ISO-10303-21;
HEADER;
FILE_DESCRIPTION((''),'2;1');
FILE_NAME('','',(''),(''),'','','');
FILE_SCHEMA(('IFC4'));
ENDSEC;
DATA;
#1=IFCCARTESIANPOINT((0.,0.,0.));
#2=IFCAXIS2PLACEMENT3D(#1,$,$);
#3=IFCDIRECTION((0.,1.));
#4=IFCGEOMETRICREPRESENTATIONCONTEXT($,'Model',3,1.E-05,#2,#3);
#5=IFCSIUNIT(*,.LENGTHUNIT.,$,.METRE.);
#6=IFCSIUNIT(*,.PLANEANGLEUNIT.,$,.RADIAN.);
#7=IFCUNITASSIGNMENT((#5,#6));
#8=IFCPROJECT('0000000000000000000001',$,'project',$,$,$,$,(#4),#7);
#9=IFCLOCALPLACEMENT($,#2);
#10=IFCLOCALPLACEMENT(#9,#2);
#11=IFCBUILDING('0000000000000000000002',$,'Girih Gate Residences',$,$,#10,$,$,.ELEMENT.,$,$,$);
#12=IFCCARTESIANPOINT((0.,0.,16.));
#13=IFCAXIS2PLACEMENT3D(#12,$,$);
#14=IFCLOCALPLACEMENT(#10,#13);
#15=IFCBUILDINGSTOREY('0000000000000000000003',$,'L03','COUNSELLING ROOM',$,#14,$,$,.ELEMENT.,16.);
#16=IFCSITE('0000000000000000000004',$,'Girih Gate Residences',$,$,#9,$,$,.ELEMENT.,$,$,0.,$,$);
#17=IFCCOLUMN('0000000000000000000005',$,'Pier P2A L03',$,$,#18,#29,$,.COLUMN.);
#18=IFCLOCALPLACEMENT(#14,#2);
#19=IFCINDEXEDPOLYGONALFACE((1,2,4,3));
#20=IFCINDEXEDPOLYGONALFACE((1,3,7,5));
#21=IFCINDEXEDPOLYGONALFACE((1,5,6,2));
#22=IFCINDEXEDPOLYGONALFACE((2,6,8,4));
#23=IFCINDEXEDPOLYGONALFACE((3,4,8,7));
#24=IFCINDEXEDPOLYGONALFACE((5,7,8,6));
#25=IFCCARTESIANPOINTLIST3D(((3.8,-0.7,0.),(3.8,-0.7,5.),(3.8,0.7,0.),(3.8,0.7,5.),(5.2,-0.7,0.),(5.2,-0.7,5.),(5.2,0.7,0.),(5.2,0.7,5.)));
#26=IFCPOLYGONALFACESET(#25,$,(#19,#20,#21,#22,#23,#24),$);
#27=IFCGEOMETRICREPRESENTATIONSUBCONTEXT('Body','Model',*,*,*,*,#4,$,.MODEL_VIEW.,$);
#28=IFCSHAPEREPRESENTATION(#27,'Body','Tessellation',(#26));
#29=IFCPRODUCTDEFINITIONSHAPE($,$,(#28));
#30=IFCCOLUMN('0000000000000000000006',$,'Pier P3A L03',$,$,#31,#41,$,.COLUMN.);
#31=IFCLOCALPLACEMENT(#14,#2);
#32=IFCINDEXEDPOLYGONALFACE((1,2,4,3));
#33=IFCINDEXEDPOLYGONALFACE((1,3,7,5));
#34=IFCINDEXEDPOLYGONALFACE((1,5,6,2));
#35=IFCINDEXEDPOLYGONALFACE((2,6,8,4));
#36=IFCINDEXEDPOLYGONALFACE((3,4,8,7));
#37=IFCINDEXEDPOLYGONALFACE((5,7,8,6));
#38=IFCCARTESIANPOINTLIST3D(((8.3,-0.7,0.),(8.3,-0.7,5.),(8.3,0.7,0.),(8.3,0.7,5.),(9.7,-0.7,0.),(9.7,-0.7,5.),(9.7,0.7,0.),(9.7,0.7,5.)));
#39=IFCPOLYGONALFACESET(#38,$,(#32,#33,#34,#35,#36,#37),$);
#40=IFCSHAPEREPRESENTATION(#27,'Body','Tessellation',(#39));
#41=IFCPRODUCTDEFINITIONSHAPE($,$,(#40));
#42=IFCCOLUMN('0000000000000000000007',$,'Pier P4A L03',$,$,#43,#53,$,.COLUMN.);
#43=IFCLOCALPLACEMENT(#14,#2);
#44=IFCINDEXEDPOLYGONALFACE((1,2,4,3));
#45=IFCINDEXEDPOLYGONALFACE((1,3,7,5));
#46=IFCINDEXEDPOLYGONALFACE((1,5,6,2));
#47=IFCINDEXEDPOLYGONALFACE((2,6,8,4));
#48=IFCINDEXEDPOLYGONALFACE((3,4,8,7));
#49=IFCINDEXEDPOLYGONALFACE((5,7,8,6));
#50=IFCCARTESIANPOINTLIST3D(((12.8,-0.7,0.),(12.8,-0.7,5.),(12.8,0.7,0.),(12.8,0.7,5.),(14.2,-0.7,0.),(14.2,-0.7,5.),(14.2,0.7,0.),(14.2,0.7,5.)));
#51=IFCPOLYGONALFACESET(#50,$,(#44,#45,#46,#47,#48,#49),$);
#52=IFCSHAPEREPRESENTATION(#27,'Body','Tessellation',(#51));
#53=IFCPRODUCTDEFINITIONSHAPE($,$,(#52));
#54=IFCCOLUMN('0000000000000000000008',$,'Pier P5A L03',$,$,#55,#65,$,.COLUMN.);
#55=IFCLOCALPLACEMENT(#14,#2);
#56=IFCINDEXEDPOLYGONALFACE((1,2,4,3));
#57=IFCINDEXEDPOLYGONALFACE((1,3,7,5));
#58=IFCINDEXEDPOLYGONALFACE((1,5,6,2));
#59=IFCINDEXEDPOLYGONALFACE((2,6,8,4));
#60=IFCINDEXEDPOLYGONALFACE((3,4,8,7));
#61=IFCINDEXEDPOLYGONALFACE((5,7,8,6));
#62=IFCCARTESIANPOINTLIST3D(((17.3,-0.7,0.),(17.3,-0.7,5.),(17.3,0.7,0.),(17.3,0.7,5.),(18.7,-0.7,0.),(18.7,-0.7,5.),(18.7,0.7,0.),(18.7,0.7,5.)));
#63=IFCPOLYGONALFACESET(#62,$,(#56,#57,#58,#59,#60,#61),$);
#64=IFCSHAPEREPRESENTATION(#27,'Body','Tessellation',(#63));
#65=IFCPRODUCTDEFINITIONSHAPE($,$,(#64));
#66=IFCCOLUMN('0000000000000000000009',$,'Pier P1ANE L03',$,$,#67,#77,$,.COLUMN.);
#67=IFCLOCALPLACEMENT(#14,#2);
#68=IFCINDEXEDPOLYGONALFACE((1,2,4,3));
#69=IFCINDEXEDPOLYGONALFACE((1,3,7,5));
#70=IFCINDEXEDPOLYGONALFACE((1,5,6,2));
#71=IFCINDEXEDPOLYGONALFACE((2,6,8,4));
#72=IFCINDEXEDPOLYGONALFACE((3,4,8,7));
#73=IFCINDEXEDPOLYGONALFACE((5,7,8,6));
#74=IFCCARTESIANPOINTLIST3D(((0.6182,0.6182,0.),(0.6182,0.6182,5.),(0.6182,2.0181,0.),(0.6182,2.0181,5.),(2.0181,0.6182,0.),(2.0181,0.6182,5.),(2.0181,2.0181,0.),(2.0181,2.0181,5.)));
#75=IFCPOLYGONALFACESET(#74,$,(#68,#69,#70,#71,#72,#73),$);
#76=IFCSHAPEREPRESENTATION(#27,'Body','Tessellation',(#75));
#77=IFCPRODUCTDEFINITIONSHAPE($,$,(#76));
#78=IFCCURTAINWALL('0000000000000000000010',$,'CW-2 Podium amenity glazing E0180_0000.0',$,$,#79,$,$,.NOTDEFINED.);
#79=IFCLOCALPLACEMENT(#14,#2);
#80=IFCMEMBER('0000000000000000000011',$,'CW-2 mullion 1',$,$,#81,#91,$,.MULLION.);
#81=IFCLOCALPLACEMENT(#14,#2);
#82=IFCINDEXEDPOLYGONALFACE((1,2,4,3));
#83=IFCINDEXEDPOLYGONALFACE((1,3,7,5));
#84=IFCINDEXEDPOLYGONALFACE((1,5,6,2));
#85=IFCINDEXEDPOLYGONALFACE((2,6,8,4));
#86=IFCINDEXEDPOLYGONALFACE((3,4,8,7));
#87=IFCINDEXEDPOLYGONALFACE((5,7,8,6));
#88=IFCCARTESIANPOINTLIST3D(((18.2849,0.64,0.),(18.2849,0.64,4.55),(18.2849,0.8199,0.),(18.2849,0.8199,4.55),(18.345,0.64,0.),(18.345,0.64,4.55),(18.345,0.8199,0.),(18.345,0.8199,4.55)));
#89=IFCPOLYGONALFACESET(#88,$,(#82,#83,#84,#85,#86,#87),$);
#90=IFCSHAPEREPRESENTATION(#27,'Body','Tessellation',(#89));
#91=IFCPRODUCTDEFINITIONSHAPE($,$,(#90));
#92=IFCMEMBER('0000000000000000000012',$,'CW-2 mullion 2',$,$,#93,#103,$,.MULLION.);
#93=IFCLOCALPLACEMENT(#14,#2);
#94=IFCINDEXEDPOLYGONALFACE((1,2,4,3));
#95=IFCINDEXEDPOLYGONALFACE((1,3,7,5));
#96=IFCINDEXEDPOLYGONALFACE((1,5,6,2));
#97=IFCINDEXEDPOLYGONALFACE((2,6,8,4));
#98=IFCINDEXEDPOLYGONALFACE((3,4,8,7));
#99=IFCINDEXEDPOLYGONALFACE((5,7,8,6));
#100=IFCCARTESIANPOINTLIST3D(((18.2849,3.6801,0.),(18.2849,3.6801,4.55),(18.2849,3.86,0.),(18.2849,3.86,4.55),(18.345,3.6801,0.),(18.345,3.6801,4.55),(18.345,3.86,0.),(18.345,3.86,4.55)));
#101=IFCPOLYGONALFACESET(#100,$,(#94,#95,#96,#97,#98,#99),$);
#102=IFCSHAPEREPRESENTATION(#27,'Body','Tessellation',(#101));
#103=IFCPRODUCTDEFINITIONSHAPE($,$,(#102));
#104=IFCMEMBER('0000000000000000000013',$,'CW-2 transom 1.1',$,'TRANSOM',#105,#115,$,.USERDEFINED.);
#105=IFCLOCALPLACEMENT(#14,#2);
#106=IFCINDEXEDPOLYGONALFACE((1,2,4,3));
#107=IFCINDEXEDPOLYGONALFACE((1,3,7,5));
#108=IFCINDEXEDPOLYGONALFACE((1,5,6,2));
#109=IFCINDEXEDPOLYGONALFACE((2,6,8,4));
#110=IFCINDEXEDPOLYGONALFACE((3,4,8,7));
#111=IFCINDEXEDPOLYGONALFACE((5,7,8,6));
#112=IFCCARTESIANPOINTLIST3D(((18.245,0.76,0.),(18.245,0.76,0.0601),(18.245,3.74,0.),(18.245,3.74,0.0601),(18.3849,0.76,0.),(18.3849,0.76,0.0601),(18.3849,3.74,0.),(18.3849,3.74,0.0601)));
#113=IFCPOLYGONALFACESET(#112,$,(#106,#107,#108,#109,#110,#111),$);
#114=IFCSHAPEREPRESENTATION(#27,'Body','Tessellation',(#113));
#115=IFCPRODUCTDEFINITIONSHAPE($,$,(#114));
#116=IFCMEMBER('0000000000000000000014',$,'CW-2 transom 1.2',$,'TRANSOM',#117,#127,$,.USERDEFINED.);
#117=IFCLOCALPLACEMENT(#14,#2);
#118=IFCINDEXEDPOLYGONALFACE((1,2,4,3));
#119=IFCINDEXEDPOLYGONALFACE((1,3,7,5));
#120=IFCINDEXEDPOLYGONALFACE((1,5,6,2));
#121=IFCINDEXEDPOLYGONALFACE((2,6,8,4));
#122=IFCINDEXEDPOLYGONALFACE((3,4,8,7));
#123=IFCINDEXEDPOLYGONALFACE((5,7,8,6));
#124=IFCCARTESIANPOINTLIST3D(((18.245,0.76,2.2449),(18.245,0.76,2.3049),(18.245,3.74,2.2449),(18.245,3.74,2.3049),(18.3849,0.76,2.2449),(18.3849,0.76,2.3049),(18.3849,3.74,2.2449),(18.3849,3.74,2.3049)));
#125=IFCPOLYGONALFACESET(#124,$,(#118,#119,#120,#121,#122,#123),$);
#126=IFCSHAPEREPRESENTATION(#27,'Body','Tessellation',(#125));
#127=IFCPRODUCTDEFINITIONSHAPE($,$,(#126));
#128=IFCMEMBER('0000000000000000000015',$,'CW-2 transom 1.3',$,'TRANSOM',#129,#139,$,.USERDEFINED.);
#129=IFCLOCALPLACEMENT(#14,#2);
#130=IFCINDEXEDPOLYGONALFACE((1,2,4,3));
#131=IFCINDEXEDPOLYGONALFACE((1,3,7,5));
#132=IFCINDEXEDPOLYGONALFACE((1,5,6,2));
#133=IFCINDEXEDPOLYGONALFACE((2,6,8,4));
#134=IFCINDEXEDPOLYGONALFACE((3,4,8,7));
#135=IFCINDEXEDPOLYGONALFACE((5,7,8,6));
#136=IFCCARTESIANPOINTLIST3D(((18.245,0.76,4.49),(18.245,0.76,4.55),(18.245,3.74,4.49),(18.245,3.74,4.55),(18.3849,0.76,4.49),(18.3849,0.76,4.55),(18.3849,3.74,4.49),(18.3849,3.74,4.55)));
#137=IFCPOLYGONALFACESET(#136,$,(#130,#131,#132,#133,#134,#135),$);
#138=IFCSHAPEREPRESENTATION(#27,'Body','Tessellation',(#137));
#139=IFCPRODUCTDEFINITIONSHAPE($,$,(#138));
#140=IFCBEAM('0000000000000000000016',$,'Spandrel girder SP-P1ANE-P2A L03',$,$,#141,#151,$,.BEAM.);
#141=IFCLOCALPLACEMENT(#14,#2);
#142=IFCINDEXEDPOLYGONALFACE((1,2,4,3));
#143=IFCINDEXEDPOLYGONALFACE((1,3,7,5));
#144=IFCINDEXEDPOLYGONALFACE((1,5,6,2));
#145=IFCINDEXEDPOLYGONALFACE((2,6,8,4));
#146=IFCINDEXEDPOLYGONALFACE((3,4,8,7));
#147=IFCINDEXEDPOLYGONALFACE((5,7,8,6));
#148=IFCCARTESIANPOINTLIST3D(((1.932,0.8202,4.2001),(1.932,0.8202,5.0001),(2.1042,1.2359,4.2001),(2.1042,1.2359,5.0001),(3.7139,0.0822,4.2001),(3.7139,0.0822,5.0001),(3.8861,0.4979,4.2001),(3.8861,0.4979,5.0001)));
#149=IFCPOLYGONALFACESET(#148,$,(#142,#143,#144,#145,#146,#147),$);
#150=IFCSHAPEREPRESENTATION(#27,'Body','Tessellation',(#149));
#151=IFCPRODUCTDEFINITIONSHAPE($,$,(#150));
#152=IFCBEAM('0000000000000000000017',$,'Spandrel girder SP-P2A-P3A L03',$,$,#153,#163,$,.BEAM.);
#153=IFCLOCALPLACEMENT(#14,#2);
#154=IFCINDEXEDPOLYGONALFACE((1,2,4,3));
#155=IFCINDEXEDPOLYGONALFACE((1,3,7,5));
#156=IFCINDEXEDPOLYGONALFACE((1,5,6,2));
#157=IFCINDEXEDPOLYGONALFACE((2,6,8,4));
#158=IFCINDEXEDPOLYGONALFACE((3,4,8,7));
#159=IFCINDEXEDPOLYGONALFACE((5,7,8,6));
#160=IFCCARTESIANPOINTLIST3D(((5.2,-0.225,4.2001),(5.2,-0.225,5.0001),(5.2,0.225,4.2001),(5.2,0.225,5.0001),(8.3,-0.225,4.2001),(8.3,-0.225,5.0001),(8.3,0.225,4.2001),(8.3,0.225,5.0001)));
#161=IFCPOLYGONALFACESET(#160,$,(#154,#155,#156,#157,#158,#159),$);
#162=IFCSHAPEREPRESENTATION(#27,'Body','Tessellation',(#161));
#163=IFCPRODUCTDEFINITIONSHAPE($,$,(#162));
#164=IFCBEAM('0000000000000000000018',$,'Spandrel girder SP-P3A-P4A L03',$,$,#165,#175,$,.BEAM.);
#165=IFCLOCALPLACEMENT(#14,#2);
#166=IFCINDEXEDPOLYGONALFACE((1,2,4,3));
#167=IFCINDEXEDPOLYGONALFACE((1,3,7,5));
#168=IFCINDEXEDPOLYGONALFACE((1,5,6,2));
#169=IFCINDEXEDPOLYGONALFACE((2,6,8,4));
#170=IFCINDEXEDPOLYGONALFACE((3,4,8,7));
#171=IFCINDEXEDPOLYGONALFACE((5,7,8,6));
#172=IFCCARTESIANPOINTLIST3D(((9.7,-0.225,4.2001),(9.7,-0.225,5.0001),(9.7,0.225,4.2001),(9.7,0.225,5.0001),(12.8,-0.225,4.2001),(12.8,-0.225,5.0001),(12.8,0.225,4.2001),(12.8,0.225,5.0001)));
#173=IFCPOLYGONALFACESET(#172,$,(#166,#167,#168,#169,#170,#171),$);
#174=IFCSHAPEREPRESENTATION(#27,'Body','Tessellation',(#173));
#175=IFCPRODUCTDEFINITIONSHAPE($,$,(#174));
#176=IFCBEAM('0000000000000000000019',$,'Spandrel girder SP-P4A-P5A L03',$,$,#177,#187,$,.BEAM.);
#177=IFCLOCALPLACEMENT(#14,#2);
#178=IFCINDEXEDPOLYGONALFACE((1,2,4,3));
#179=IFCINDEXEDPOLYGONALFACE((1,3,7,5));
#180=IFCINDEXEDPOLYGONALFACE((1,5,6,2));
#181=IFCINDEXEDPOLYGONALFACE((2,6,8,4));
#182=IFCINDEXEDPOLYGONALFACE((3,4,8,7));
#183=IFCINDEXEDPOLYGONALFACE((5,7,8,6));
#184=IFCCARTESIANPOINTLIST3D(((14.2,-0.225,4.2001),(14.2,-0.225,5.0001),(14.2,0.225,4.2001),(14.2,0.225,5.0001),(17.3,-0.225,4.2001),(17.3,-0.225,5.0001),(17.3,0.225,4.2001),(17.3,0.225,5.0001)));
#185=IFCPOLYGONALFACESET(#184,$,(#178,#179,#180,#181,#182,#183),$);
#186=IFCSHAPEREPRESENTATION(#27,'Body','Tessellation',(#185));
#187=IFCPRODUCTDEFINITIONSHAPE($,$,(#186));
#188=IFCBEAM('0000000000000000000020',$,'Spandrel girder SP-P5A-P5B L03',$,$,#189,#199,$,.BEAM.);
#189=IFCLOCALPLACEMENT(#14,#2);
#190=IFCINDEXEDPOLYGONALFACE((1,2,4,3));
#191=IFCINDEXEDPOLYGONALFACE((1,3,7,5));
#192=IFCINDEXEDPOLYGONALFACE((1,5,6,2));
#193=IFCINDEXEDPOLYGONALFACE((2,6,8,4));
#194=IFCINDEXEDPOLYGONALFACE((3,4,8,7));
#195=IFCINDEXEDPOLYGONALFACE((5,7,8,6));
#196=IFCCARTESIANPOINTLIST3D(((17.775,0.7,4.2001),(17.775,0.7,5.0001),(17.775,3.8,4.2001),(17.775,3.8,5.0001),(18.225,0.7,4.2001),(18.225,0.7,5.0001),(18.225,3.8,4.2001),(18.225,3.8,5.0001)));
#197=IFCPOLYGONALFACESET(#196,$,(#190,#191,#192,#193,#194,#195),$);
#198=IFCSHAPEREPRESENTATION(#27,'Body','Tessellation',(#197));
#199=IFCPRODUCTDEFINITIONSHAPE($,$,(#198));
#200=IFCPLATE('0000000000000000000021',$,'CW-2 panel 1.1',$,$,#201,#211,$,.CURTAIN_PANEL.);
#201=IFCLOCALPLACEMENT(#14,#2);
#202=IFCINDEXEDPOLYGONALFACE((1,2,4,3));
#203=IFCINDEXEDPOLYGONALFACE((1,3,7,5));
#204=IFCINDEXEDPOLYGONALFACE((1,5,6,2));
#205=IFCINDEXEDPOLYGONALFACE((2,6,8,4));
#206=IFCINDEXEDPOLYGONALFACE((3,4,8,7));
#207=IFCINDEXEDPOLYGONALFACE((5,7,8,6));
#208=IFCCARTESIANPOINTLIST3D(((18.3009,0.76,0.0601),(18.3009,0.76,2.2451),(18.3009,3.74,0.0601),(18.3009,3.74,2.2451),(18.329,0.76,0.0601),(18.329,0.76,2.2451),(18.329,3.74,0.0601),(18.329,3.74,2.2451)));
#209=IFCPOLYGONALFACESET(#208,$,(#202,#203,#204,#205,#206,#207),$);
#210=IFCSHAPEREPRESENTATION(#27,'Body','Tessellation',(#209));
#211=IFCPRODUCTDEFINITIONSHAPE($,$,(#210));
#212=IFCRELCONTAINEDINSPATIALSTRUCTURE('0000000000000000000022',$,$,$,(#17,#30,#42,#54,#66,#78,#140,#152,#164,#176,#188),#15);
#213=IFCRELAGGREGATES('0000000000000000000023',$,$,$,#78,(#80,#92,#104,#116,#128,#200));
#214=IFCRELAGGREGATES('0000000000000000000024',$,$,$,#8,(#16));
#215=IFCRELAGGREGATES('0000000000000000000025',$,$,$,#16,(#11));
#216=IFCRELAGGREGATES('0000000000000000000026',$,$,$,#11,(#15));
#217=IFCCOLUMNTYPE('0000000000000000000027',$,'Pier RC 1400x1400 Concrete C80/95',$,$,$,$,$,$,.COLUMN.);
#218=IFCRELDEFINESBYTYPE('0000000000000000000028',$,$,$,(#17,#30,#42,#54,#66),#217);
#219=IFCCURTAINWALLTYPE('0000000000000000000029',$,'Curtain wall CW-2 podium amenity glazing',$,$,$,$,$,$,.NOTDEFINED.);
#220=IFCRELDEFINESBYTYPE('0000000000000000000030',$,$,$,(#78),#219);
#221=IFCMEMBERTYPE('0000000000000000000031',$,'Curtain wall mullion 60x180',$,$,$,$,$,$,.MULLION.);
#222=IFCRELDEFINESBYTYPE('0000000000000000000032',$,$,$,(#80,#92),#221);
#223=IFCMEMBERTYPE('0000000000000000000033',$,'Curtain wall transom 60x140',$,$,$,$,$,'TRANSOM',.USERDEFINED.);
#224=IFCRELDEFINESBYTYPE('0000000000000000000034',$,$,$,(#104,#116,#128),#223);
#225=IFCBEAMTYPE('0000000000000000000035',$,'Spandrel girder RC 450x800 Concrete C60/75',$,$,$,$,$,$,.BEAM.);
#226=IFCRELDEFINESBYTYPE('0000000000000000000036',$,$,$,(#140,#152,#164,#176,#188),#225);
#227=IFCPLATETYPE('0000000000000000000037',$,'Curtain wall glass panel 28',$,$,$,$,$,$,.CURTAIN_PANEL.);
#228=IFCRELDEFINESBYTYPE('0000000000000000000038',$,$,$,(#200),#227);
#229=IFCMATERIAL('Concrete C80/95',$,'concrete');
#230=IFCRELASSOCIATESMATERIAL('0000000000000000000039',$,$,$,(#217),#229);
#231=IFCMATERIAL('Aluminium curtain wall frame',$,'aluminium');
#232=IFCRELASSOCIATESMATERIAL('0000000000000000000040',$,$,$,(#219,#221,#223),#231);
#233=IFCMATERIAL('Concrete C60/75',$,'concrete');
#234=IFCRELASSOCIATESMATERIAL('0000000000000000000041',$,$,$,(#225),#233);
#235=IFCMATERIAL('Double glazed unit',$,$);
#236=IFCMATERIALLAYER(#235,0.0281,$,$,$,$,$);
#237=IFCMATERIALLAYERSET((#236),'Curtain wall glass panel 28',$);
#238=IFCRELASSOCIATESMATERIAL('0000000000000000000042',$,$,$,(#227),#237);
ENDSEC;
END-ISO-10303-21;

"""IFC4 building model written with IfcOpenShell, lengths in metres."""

from ifc_helpers import new_model, si_unit, direction, frame, origin, origin_2d, place, context, subcontext, project, spatial, rectangle, extrude, material, layer, layer_set, material_profile, profile_set, type_object, element, aggregate, save


model = new_model("IFC4")

# Units and contexts
model_context = context("Model", 3, precision=1e-05, world=origin(), true_north=direction((0.0, 1.0)))
body_context = subcontext(model_context, "Body", "Model", "MODEL_VIEW")
ifc_project = project(units=[si_unit("LENGTHUNIT", "METRE"), si_unit("PLANEANGLEUNIT", "RADIAN")], contexts=[model_context])

# Site, building, storey
site_placement = place(None, origin())
site = spatial("IfcSite", under=ifc_project, at=site_placement, Name="Girih Gate Residences", CompositionType="ELEMENT", RefElevation=0.0)
building_placement = place(site_placement, origin())
building = spatial("IfcBuilding", under=site, at=building_placement, Name="Girih Gate Residences", CompositionType="ELEMENT")
storey_placement = place(building_placement, frame((0.0, 0.0, 16.0)))
storey = spatial("IfcBuildingStorey", under=building, at=storey_placement, Name="L03", Description="COUNSELLING ROOM", CompositionType="ELEMENT", Elevation=16.0)

# Columns
ifc_material_1 = material(Name="Concrete C80/95", Category="concrete")
ifc_material_profile_1 = material_profile(ifc_material_1, rectangle(XDim=1.3999, YDim=1.3999, at=origin_2d()))
ifc_profile_set_1 = profile_set([ifc_material_profile_1], Name="Concrete C80/95")
column_type = type_object("IfcColumnType", Name="Pier RC 1400x1400 Concrete C80/95", PredefinedType="COLUMN", material=ifc_profile_set_1)
for number, where, z_axis, x_axis, name in (
    (1, (4.5, 0.0, 0.0), (0.0, 0.0, 1.0), (1.0, 0.0, 0.0), "Pier P2A L03"),
    (2, (9.0, 0.0, 0.0), (0.0, 0.0, 1.0), (1.0, 0.0, 0.0), "Pier P3A L03"),
    (3, (13.5, 0.0, 0.0), (0.0, 0.0, 1.0), (1.0, 0.0, 0.0), "Pier P4A L03"),
    (4, (18.0, 0.0, 0.0), (0.0, 0.0, 1.0), (1.0, 0.0, 0.0), "Pier P5A L03"),
    (5, (1.3181, 1.3181, 0.0), (0.0, 0.0, 1.0), (1.0, 0.0, 0.0), "Pier P1ANE L03"),
):
    element("IfcColumn", number, at=place(storey_placement, frame(where, z_axis=z_axis, x_axis=x_axis)), inside=storey, type_object=column_type, Name=name, PredefinedType="COLUMN", context=body_context, shape_type="SweptSolid", body=[
        extrude(rectangle(XDim=1.3999, YDim=1.3999, at=origin_2d()), origin(), (0.0, 0.0, 1.0), 5.0),
    ])

# Curtain wall, members
ifc_material_2 = material(Name="Aluminium curtain wall frame", Category="aluminium")
curtain_wall_type = type_object("IfcCurtainWallType", Name="Curtain wall CW-2 podium amenity glazing", PredefinedType="NOTDEFINED", material=ifc_material_2)
curtain_wall_placement = place(storey_placement, origin())
curtain_wall = element("IfcCurtainWall", 6, at=curtain_wall_placement, inside=storey, type_object=curtain_wall_type, Name="CW-2 Podium amenity glazing E0180_0000.0", PredefinedType="NOTDEFINED")
ifc_material_profile_2 = material_profile(ifc_material_2, rectangle(XDim=0.0601, YDim=0.1799, at=origin_2d()))
ifc_profile_set_2 = profile_set([ifc_material_profile_2], Name="Aluminium curtain wall frame")
member_type_1 = type_object("IfcMemberType", Name="Curtain wall mullion 60x180", PredefinedType="MULLION", material=ifc_profile_set_2)
member_1_placement = place(storey_placement, frame((18.3149, 0.73, 0.0), z_axis=(0.0, 0.0, 1.0), x_axis=(-1.0, 0.0, 0.0)))
member_1 = element("IfcMember", 7, at=member_1_placement, type_object=member_type_1, Name="CW-2 mullion 1", PredefinedType="MULLION", context=body_context, shape_type="SweptSolid", body=[
    extrude(rectangle(XDim=0.0601, YDim=0.1799, at=origin_2d()), origin(), (0.0, 0.0, 1.0), 4.55),
])
member_2_placement = place(storey_placement, frame((18.3149, 3.77, 0.0), z_axis=(0.0, 0.0, 1.0), x_axis=(-1.0, 0.0, 0.0)))
member_2 = element("IfcMember", 8, at=member_2_placement, type_object=member_type_1, Name="CW-2 mullion 2", PredefinedType="MULLION", context=body_context, shape_type="SweptSolid", body=[
    extrude(rectangle(XDim=0.0601, YDim=0.1799, at=origin_2d()), origin(), (0.0, 0.0, 1.0), 4.55),
])
ifc_material_profile_3 = material_profile(ifc_material_2, rectangle(XDim=0.1399, YDim=0.0601, at=origin_2d()))
ifc_profile_set_3 = profile_set([ifc_material_profile_3], Name="Aluminium curtain wall frame")
member_type_2 = type_object("IfcMemberType", Name="Curtain wall transom 60x140", ElementType="TRANSOM", PredefinedType="USERDEFINED", material=ifc_profile_set_3)
member_3_placement = place(storey_placement, frame((18.3149, 0.76, 0.03), z_axis=(0.0, 1.0, 0.0), x_axis=(-1.0, 0.0, 0.0)))
member_3 = element("IfcMember", 9, at=member_3_placement, type_object=member_type_2, Name="CW-2 transom 1.1", ObjectType="TRANSOM", PredefinedType="USERDEFINED", context=body_context, shape_type="SweptSolid", body=[
    extrude(rectangle(XDim=0.1399, YDim=0.0601, at=origin_2d()), origin(), (0.0, 0.0, 1.0), 2.98),
])
member_4_placement = place(storey_placement, frame((18.3149, 0.76, 2.2749), z_axis=(0.0, 1.0, 0.0), x_axis=(-1.0, 0.0, 0.0)))
member_4 = element("IfcMember", 10, at=member_4_placement, type_object=member_type_2, Name="CW-2 transom 1.2", ObjectType="TRANSOM", PredefinedType="USERDEFINED", context=body_context, shape_type="SweptSolid", body=[
    extrude(rectangle(XDim=0.1399, YDim=0.0601, at=origin_2d()), origin(), (0.0, 0.0, 1.0), 2.98),
])
member_5_placement = place(storey_placement, frame((18.3149, 0.76, 4.52), z_axis=(0.0, 1.0, 0.0), x_axis=(-1.0, 0.0, 0.0)))
member_5 = element("IfcMember", 11, at=member_5_placement, type_object=member_type_2, Name="CW-2 transom 1.3", ObjectType="TRANSOM", PredefinedType="USERDEFINED", context=body_context, shape_type="SweptSolid", body=[
    extrude(rectangle(XDim=0.1399, YDim=0.0601, at=origin_2d()), origin(), (0.0, 0.0, 1.0), 2.98),
])

# Beams
ifc_material_3 = material(Name="Concrete C60/75", Category="concrete")
ifc_material_profile_4 = material_profile(ifc_material_3, rectangle(XDim=0.45, YDim=0.8, at=origin_2d()))
ifc_profile_set_4 = profile_set([ifc_material_profile_4], Name="Concrete C60/75")
beam_type = type_object("IfcBeamType", Name="Spandrel girder RC 450x800 Concrete C60/75", PredefinedType="BEAM", material=ifc_profile_set_4)
beam_placement = place(storey_placement, frame((2.0181, 1.0281, 4.6001), z_axis=(0.923895, -0.382646, 0.0), x_axis=(0.382646, 0.923895, 0.0)))
element("IfcBeam", 12, at=beam_placement, inside=storey, type_object=beam_type, Name="Spandrel girder SP-P1ANE-P2A L03", PredefinedType="BEAM", context=body_context, shape_type="SweptSolid", body=[
    extrude(rectangle(XDim=0.45, YDim=0.8, at=origin_2d()), origin(), (0.0, 0.0, 1.0), 1.9287),
])
for number, where, z_axis, x_axis, name in (
    (13, (5.2, 0.0, 4.6001), (1.0, 0.0, 0.0), (0.0, 1.0, 0.0), "Spandrel girder SP-P2A-P3A L03"),
    (14, (9.7, 0.0, 4.6001), (1.0, 0.0, 0.0), (0.0, 1.0, 0.0), "Spandrel girder SP-P3A-P4A L03"),
    (15, (14.2, 0.0, 4.6001), (1.0, 0.0, 0.0), (0.0, 1.0, 0.0), "Spandrel girder SP-P4A-P5A L03"),
    (16, (18.0, 0.7, 4.6001), (0.0, 1.0, 0.0), (-1.0, 0.0, 0.0), "Spandrel girder SP-P5A-P5B L03"),
):
    element("IfcBeam", number, at=place(storey_placement, frame(where, z_axis=z_axis, x_axis=x_axis)), inside=storey, type_object=beam_type, Name=name, PredefinedType="BEAM", context=body_context, shape_type="SweptSolid", body=[
        extrude(rectangle(XDim=0.45, YDim=0.8, at=origin_2d()), origin(), (0.0, 0.0, 1.0), 3.1001),
    ])

# Plate
ifc_material_4 = material(Name="Double glazed unit")
ifc_layer_1 = layer(ifc_material_4, 0.0281)
ifc_layer_set_1 = layer_set([ifc_layer_1], Name="Curtain wall glass panel 28")
plate_type = type_object("IfcPlateType", Name="Curtain wall glass panel 28", PredefinedType="CURTAIN_PANEL", material=ifc_layer_set_1)
plate_1_placement = place(storey_placement, frame((18.3149, 2.25, 0.0601), z_axis=(0.0, 0.0, 1.0), x_axis=(0.0, 1.0, 0.0)))
plate_1 = element("IfcPlate", 17, at=plate_1_placement, type_object=plate_type, Name="CW-2 panel 1.1", PredefinedType="CURTAIN_PANEL", context=body_context, shape_type="SweptSolid", body=[
    extrude(rectangle(XDim=2.98, YDim=0.0281, at=origin_2d()), origin(), (0.0, 0.0, 1.0), 2.1851),
])
aggregate(curtain_wall, [member_1, member_2, member_3, member_4, member_5, plate_1])

save(model, "model.ifc")
